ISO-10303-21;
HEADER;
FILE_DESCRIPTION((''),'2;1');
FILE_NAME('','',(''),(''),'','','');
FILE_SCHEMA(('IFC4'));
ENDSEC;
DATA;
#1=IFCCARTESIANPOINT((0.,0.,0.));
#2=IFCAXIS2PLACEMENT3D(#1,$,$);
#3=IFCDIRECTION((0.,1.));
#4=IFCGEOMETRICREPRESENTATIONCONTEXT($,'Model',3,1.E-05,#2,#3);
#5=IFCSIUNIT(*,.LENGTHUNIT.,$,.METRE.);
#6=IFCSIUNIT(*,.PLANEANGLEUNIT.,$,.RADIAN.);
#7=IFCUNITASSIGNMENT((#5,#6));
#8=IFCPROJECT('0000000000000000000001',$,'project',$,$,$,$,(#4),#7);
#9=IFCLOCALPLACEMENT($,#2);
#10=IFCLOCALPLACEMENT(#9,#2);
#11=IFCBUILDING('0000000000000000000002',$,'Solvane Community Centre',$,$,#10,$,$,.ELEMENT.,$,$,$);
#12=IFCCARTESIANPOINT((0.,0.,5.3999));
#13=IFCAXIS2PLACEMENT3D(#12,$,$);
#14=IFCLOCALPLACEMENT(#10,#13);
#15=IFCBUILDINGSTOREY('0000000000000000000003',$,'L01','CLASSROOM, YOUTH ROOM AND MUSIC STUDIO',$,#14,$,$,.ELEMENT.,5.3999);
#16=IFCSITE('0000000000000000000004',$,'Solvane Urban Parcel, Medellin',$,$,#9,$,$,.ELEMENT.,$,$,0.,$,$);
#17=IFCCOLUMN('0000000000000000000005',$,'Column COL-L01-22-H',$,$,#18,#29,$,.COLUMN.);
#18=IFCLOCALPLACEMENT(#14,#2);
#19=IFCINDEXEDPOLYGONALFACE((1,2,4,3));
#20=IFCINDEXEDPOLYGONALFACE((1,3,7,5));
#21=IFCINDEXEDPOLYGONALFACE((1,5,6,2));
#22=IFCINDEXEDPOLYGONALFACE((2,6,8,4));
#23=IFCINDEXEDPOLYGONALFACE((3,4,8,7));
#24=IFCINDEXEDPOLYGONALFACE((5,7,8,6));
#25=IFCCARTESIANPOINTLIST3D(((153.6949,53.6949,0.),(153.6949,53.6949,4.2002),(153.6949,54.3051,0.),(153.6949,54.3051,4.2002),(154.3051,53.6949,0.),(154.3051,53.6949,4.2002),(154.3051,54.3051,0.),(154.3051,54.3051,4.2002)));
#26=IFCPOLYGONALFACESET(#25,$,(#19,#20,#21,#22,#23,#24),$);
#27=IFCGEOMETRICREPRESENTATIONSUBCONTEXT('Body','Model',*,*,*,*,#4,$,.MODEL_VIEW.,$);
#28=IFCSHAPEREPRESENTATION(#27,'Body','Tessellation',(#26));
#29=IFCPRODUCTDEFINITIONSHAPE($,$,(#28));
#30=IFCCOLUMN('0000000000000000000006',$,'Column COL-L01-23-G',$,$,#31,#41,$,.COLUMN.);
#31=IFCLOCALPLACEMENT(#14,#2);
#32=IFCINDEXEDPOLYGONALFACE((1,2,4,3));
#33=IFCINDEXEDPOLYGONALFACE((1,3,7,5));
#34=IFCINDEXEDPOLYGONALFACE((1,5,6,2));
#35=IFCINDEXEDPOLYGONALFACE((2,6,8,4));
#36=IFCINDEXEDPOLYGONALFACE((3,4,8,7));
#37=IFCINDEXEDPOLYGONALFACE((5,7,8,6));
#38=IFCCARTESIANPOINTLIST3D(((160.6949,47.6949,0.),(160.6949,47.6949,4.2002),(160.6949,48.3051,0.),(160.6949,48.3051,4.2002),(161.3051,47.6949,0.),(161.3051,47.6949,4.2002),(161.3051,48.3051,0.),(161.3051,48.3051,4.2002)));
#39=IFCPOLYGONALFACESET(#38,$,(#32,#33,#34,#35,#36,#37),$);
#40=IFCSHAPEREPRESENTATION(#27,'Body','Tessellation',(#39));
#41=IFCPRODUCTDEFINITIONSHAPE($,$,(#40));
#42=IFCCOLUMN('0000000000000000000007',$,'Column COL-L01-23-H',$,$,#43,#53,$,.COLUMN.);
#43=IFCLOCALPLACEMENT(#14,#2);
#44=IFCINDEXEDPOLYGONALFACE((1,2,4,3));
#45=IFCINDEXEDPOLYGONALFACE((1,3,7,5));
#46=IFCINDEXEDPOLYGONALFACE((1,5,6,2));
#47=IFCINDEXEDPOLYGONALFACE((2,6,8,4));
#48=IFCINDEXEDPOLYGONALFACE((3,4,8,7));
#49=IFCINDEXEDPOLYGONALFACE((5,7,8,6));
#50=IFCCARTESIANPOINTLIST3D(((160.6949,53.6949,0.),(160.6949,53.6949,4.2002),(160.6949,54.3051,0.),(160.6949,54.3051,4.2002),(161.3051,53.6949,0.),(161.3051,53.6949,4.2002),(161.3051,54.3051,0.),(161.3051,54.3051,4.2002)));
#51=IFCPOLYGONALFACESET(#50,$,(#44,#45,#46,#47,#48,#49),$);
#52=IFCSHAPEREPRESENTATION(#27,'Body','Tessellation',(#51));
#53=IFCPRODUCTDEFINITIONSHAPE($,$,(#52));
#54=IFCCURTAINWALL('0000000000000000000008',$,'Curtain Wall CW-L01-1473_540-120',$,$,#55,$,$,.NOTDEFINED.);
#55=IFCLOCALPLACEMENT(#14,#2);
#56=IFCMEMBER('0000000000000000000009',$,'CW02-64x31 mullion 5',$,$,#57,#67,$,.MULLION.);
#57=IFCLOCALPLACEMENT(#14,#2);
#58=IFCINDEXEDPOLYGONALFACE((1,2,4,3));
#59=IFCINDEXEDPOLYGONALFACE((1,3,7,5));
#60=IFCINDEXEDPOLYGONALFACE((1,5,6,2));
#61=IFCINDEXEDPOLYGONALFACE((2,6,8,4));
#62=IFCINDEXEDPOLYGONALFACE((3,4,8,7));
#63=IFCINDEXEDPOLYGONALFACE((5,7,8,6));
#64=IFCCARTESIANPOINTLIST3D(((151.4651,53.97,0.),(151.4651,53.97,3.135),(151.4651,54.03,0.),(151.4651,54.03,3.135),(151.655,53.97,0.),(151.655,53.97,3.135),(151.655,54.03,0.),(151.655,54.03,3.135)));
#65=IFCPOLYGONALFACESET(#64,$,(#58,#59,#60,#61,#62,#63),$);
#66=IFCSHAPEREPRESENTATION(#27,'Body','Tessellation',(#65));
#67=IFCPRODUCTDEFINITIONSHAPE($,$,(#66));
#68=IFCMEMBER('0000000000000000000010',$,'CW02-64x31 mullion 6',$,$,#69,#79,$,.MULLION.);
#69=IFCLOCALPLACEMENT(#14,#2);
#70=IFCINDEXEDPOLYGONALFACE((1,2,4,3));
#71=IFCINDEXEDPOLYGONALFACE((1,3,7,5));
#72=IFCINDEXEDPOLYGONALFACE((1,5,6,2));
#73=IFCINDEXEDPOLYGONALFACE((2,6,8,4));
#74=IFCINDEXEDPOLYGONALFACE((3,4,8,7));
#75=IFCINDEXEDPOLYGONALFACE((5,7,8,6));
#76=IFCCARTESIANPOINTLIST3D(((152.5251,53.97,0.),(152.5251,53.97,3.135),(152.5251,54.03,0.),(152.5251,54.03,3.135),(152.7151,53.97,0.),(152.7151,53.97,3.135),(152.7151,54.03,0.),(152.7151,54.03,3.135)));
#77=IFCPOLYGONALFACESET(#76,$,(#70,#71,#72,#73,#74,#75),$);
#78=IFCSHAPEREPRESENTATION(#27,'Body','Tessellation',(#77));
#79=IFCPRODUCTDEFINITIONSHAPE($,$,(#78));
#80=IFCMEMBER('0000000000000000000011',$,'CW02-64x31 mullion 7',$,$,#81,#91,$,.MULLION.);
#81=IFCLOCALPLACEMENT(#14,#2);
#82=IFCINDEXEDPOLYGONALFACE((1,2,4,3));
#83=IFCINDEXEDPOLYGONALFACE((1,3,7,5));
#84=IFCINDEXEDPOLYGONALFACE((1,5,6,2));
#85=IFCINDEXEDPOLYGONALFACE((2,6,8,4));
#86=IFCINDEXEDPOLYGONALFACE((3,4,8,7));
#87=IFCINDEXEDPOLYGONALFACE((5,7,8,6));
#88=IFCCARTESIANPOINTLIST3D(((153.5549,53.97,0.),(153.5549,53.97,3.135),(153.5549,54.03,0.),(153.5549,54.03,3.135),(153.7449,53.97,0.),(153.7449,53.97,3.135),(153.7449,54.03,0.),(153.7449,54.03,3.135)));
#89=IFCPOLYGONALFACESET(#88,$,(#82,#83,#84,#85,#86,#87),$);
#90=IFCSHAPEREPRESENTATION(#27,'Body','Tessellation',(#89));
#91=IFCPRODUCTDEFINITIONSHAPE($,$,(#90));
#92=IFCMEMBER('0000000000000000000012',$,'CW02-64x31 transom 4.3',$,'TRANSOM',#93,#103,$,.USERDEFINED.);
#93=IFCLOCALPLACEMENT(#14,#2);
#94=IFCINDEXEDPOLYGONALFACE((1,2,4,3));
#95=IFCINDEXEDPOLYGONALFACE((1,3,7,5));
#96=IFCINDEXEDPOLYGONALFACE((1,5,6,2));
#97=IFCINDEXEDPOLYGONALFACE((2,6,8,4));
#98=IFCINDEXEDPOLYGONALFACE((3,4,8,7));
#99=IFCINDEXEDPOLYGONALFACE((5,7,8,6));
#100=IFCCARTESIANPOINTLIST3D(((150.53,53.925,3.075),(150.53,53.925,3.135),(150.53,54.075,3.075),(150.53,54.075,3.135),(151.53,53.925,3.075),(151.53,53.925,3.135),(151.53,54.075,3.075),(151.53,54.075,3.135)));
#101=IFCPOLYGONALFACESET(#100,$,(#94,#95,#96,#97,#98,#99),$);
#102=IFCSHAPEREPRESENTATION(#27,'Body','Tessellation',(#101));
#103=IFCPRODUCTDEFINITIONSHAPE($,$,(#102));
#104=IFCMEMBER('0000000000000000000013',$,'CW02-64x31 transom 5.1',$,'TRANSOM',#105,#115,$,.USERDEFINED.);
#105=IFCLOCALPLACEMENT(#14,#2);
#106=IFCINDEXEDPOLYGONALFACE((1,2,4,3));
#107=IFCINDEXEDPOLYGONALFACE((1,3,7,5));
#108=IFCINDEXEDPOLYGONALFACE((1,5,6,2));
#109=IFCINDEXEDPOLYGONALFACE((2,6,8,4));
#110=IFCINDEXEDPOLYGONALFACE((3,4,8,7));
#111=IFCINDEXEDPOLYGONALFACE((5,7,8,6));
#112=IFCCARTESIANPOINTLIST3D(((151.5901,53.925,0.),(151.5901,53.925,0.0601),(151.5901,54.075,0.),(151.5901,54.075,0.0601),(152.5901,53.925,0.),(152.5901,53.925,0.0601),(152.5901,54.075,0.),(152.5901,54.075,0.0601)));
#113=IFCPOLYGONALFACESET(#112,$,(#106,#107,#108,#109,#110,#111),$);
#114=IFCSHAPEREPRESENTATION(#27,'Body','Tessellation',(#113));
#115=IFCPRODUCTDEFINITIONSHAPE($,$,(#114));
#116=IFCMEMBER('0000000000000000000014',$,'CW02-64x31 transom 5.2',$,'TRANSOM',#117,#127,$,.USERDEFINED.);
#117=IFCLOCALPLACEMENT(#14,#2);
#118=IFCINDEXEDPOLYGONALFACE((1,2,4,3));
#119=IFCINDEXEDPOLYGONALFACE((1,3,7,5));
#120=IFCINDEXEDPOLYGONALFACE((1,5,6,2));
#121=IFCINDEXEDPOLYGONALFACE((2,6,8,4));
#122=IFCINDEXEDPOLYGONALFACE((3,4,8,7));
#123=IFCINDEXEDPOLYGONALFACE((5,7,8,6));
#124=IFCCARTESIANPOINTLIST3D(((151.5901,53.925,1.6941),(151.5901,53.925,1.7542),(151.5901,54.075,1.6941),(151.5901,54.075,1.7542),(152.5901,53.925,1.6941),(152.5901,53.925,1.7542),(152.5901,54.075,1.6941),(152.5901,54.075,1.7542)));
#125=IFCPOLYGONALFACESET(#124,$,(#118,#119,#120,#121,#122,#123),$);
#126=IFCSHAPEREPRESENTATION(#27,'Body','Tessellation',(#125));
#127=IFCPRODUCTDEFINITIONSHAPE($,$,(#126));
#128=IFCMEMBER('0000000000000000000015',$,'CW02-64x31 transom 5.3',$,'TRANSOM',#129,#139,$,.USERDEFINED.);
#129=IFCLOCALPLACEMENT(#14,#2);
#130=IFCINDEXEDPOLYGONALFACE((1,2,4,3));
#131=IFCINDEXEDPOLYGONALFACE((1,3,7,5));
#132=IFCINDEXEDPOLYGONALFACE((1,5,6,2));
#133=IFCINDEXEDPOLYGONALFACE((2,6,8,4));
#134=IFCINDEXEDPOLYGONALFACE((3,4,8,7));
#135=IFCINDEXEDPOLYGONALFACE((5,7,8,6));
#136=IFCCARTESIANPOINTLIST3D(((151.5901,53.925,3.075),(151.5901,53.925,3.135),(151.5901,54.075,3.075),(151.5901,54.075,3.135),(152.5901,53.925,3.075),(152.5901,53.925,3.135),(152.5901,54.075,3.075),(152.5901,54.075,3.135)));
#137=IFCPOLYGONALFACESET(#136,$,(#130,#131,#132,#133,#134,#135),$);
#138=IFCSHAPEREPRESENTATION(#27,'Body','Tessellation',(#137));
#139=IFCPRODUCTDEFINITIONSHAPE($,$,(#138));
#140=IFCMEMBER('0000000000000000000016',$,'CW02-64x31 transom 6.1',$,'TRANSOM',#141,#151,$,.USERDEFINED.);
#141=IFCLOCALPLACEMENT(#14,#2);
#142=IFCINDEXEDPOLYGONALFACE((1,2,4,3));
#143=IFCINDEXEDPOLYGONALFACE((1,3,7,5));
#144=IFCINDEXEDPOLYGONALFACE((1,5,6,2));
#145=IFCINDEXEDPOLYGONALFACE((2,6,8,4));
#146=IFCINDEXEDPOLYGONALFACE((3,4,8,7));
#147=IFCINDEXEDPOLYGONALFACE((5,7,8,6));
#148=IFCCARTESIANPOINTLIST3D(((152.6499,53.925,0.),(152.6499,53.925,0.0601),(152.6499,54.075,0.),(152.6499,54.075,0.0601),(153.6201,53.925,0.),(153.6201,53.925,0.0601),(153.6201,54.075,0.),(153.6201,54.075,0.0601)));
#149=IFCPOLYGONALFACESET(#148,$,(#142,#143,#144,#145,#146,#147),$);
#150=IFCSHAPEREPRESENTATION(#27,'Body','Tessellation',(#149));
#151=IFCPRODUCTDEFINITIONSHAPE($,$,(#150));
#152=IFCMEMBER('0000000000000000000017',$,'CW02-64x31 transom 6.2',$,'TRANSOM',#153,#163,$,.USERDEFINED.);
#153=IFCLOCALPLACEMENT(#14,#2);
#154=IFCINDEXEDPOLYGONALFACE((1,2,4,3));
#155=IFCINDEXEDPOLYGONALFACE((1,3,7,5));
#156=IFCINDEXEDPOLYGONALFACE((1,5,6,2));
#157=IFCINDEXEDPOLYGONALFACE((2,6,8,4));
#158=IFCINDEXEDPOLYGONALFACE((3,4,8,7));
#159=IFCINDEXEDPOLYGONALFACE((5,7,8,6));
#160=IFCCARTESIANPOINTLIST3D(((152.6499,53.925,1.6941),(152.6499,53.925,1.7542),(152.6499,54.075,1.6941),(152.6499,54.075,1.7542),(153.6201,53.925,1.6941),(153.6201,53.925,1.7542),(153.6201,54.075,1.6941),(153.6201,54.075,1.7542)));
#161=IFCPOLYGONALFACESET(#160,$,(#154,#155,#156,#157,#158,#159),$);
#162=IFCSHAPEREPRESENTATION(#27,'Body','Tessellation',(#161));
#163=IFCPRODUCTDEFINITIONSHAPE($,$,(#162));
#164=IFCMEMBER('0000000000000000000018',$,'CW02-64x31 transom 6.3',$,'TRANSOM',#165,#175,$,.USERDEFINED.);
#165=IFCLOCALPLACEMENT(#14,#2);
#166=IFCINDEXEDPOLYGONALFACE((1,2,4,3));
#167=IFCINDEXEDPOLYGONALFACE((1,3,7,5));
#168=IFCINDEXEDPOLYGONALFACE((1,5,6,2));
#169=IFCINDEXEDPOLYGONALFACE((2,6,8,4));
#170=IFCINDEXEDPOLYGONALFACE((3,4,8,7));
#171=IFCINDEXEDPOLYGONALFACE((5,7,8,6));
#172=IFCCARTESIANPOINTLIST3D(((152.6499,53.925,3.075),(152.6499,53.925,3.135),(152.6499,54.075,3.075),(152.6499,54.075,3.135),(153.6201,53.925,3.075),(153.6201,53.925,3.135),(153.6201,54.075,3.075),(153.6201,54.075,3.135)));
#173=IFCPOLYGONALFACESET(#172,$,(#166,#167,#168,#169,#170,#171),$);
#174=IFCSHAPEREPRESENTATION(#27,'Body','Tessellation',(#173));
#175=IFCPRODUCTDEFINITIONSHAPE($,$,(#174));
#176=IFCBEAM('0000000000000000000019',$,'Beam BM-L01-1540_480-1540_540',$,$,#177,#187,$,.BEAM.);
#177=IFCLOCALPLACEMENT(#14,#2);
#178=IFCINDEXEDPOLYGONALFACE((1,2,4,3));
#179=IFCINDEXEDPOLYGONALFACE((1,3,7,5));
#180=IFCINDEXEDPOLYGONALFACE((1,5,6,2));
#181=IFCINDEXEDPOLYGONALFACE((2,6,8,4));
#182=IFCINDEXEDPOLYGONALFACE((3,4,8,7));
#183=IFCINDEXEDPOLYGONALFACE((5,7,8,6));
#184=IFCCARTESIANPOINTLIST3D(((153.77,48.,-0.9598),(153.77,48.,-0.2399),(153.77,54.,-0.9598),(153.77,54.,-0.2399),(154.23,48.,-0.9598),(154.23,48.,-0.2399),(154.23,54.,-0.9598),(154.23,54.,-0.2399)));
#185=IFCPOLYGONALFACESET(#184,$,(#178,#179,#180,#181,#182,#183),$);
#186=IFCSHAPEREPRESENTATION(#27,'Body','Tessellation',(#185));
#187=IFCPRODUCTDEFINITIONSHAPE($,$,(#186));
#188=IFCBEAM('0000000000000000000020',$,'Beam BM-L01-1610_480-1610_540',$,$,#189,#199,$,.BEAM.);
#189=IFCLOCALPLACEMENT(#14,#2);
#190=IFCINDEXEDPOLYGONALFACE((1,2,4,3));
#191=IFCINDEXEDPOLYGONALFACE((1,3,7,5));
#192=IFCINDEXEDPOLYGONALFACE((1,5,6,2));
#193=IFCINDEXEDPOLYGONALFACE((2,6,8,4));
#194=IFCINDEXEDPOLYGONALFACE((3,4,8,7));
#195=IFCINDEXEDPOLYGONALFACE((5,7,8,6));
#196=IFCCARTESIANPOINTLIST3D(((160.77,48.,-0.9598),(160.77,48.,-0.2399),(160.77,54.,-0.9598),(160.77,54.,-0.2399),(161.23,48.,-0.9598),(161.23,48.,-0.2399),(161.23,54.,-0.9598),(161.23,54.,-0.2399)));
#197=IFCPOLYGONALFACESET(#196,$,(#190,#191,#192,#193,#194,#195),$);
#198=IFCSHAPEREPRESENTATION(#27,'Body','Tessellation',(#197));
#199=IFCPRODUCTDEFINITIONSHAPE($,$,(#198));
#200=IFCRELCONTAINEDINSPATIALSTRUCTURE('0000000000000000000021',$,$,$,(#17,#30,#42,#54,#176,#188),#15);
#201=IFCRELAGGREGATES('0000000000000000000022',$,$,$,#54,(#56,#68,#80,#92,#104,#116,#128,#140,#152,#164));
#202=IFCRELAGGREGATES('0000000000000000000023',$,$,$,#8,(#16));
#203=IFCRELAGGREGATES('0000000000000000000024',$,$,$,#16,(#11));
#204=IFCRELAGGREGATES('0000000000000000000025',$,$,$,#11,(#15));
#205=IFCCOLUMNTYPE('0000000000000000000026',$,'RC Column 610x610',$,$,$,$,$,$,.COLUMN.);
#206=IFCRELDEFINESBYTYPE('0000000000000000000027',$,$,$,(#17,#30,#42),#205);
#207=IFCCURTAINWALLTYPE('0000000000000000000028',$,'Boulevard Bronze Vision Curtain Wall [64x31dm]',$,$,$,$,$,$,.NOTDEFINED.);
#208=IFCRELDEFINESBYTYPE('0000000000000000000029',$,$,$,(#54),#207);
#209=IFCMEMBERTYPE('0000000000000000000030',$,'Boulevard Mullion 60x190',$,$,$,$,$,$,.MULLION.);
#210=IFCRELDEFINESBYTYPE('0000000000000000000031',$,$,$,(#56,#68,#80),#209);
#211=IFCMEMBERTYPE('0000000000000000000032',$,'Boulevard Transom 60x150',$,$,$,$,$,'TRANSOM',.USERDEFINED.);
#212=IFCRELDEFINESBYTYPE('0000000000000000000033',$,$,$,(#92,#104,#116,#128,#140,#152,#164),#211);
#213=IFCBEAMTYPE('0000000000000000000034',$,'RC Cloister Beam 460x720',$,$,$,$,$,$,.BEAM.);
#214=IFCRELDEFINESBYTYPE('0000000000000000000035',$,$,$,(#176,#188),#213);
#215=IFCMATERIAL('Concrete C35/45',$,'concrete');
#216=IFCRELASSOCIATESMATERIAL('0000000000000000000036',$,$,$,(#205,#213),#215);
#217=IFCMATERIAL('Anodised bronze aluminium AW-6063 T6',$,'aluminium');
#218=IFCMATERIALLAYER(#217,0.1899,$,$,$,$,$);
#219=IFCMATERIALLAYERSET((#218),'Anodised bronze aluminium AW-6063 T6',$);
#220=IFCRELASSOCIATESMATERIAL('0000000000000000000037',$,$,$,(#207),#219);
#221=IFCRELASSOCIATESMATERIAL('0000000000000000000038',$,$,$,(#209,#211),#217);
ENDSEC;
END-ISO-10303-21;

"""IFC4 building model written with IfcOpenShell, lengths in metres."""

from ifc_helpers import new_model, si_unit, direction, frame, origin, origin_2d, place, context, subcontext, project, spatial, rectangle, extrude, material, layer, layer_set, material_profile, profile_set, type_object, element, aggregate, save


model = new_model("IFC4")

# Units and contexts
model_context = context("Model", 3, precision=1e-05, world=origin(), true_north=direction((0.0, 1.0)))
body_context = subcontext(model_context, "Body", "Model", "MODEL_VIEW")
ifc_project = project(units=[si_unit("LENGTHUNIT", "METRE"), si_unit("PLANEANGLEUNIT", "RADIAN")], contexts=[model_context])

# Site, building, storey
site_placement = place(None, origin())
site = spatial("IfcSite", under=ifc_project, at=site_placement, Name="Solvane Urban Parcel, Medellin", CompositionType="ELEMENT", RefElevation=0.0)
building_placement = place(site_placement, origin())
building = spatial("IfcBuilding", under=site, at=building_placement, Name="Solvane Community Centre", CompositionType="ELEMENT")
storey_placement = place(building_placement, frame((0.0, 0.0, 5.3999)))
storey = spatial("IfcBuildingStorey", under=building, at=storey_placement, Name="L01", Description="CLASSROOM, YOUTH ROOM AND MUSIC STUDIO", CompositionType="ELEMENT", Elevation=5.3999)

# Columns
ifc_material_1 = material(Name="Concrete C35/45", Category="concrete")
ifc_material_profile_1 = material_profile(ifc_material_1, rectangle(XDim=0.6101, YDim=0.6101, at=origin_2d()), Name="RC 610x610")
ifc_profile_set_1 = profile_set([ifc_material_profile_1], Name="Concrete C35/45")
column_type = type_object("IfcColumnType", Name="RC Column 610x610", PredefinedType="COLUMN", material=ifc_profile_set_1)
for number, where, z_axis, x_axis, name in (
    (1, (154.0, 54.0, 0.0), (0.0, 0.0, 1.0), (1.0, 0.0, 0.0), "Column COL-L01-22-H"),
    (2, (161.0, 48.0, 0.0), (0.0, 0.0, 1.0), (1.0, 0.0, 0.0), "Column COL-L01-23-G"),
    (3, (161.0, 54.0, 0.0), (0.0, 0.0, 1.0), (1.0, 0.0, 0.0), "Column COL-L01-23-H"),
):
    element("IfcColumn", number, at=place(storey_placement, frame(where, z_axis=z_axis, x_axis=x_axis)), inside=storey, type_object=column_type, Name=name, PredefinedType="COLUMN", context=body_context, shape_type="SweptSolid", body=[
        extrude(rectangle(XDim=0.6101, YDim=0.6101, at=origin_2d()), origin(), (0.0, 0.0, 1.0), 4.2002),
    ])

# Curtain wall, members
ifc_material_2 = material(Name="Anodised bronze aluminium AW-6063 T6", Category="aluminium")
ifc_layer_1 = layer(ifc_material_2, 0.1899)
ifc_layer_set_1 = layer_set([ifc_layer_1], Name="Anodised bronze aluminium AW-6063 T6")
curtain_wall_type = type_object("IfcCurtainWallType", Name="Boulevard Bronze Vision Curtain Wall [64x31dm]", PredefinedType="NOTDEFINED", material=ifc_layer_set_1)
curtain_wall_placement = place(storey_placement, origin())
curtain_wall = element("IfcCurtainWall", 4, at=curtain_wall_placement, inside=storey, type_object=curtain_wall_type, Name="Curtain Wall CW-L01-1473_540-120", PredefinedType="NOTDEFINED")
ifc_material_profile_2 = material_profile(ifc_material_2, rectangle(XDim=0.0601, YDim=0.1899, at=origin_2d()), Name="CW-M 60x190")
ifc_profile_set_2 = profile_set([ifc_material_profile_2], Name="Anodised bronze aluminium AW-6063 T6")
member_type_1 = type_object("IfcMemberType", Name="Boulevard Mullion 60x190", PredefinedType="MULLION", material=ifc_profile_set_2)
member_1_placement = place(storey_placement, frame((151.5601, 54.0, 0.0), z_axis=(0.0, 0.0, 1.0), x_axis=(0.0, 1.0, 0.0)))
member_1 = element("IfcMember", 5, at=member_1_placement, type_object=member_type_1, Name="CW02-64x31 mullion 5", PredefinedType="MULLION", context=body_context, shape_type="SweptSolid", body=[
    extrude(rectangle(XDim=0.0601, YDim=0.1899, at=origin_2d()), origin(), (0.0, 0.0, 1.0), 3.135),
])
member_2_placement = place(storey_placement, frame((152.6201, 54.0, 0.0), z_axis=(0.0, 0.0, 1.0), x_axis=(0.0, 1.0, 0.0)))
member_2 = element("IfcMember", 6, at=member_2_placement, type_object=member_type_1, Name="CW02-64x31 mullion 6", PredefinedType="MULLION", context=body_context, shape_type="SweptSolid", body=[
    extrude(rectangle(XDim=0.0601, YDim=0.1899, at=origin_2d()), origin(), (0.0, 0.0, 1.0), 3.135),
])
member_3_placement = place(storey_placement, frame((153.6499, 54.0, 0.0), z_axis=(0.0, 0.0, 1.0), x_axis=(0.0, 1.0, 0.0)))
member_3 = element("IfcMember", 7, at=member_3_placement, type_object=member_type_1, Name="CW02-64x31 mullion 7", PredefinedType="MULLION", context=body_context, shape_type="SweptSolid", body=[
    extrude(rectangle(XDim=0.0601, YDim=0.1899, at=origin_2d()), origin(), (0.0, 0.0, 1.0), 3.135),
])
ifc_material_profile_3 = material_profile(ifc_material_2, rectangle(XDim=0.1499, YDim=0.0601, at=origin_2d()), Name="CW-T 60x150")
ifc_profile_set_3 = profile_set([ifc_material_profile_3], Name="Anodised bronze aluminium AW-6063 T6")
member_type_2 = type_object("IfcMemberType", Name="Boulevard Transom 60x150", ElementType="TRANSOM", PredefinedType="USERDEFINED", material=ifc_profile_set_3)
member_4_placement = place(storey_placement, frame((150.53, 54.0, 3.105), z_axis=(1.0, 0.0, 0.0), x_axis=(0.0, 1.0, 0.0)))
member_4 = element("IfcMember", 8, at=member_4_placement, type_object=member_type_2, Name="CW02-64x31 transom 4.3", ObjectType="TRANSOM", PredefinedType="USERDEFINED", context=body_context, shape_type="SweptSolid", body=[
    extrude(rectangle(XDim=0.1499, YDim=0.0601, at=origin_2d()), origin(), (0.0, 0.0, 1.0), 1.0),
])
member_5_placement = place(storey_placement, frame((151.5901, 54.0, 0.03), z_axis=(1.0, 0.0, 0.0), x_axis=(0.0, 1.0, 0.0)))
member_5 = element("IfcMember", 9, at=member_5_placement, type_object=member_type_2, Name="CW02-64x31 transom 5.1", ObjectType="TRANSOM", PredefinedType="USERDEFINED", context=body_context, shape_type="SweptSolid", body=[
    extrude(rectangle(XDim=0.1499, YDim=0.0601, at=origin_2d()), origin(), (0.0, 0.0, 1.0), 1.0),
])
member_6_placement = place(storey_placement, frame((151.5901, 54.0, 1.7241), z_axis=(1.0, 0.0, 0.0), x_axis=(0.0, 1.0, 0.0)))
member_6 = element("IfcMember", 10, at=member_6_placement, type_object=member_type_2, Name="CW02-64x31 transom 5.2", ObjectType="TRANSOM", PredefinedType="USERDEFINED", context=body_context, shape_type="SweptSolid", body=[
    extrude(rectangle(XDim=0.1499, YDim=0.0601, at=origin_2d()), origin(), (0.0, 0.0, 1.0), 1.0),
])
member_7_placement = place(storey_placement, frame((151.5901, 54.0, 3.105), z_axis=(1.0, 0.0, 0.0), x_axis=(0.0, 1.0, 0.0)))
member_7 = element("IfcMember", 11, at=member_7_placement, type_object=member_type_2, Name="CW02-64x31 transom 5.3", ObjectType="TRANSOM", PredefinedType="USERDEFINED", context=body_context, shape_type="SweptSolid", body=[
    extrude(rectangle(XDim=0.1499, YDim=0.0601, at=origin_2d()), origin(), (0.0, 0.0, 1.0), 1.0),
])
member_8_placement = place(storey_placement, frame((152.6499, 54.0, 0.03), z_axis=(1.0, 0.0, 0.0), x_axis=(0.0, 1.0, 0.0)))
member_8 = element("IfcMember", 12, at=member_8_placement, type_object=member_type_2, Name="CW02-64x31 transom 6.1", ObjectType="TRANSOM", PredefinedType="USERDEFINED", context=body_context, shape_type="SweptSolid", body=[
    extrude(rectangle(XDim=0.1499, YDim=0.0601, at=origin_2d()), origin(), (0.0, 0.0, 1.0), 0.9702),
])
member_9_placement = place(storey_placement, frame((152.6499, 54.0, 1.7241), z_axis=(1.0, 0.0, 0.0), x_axis=(0.0, 1.0, 0.0)))
member_9 = element("IfcMember", 13, at=member_9_placement, type_object=member_type_2, Name="CW02-64x31 transom 6.2", ObjectType="TRANSOM", PredefinedType="USERDEFINED", context=body_context, shape_type="SweptSolid", body=[
    extrude(rectangle(XDim=0.1499, YDim=0.0601, at=origin_2d()), origin(), (0.0, 0.0, 1.0), 0.9702),
])
member_10_placement = place(storey_placement, frame((152.6499, 54.0, 3.105), z_axis=(1.0, 0.0, 0.0), x_axis=(0.0, 1.0, 0.0)))
member_10 = element("IfcMember", 14, at=member_10_placement, type_object=member_type_2, Name="CW02-64x31 transom 6.3", ObjectType="TRANSOM", PredefinedType="USERDEFINED", context=body_context, shape_type="SweptSolid", body=[
    extrude(rectangle(XDim=0.1499, YDim=0.0601, at=origin_2d()), origin(), (0.0, 0.0, 1.0), 0.9702),
])

# Beams
ifc_material_profile_4 = material_profile(ifc_material_1, rectangle(XDim=0.46, YDim=0.72, at=origin_2d()), Name="RC 460x720")
ifc_profile_set_4 = profile_set([ifc_material_profile_4], Name="Concrete C35/45")
beam_type_1 = type_object("IfcBeamType", Name="RC Cloister Beam 460x720", PredefinedType="BEAM", material=ifc_profile_set_4)
for number, where, z_axis, x_axis, name in (
    (15, (154.0, 48.0, -0.5999), (0.0, 1.0, 0.0), (-1.0, 0.0, 0.0), "Beam BM-L01-1540_480-1540_540"),
    (16, (161.0, 48.0, -0.5999), (0.0, 1.0, 0.0), (-1.0, 0.0, 0.0), "Beam BM-L01-1610_480-1610_540"),
):
    element("IfcBeam", number, at=place(storey_placement, frame(where, z_axis=z_axis, x_axis=x_axis)), inside=storey, type_object=beam_type_1, Name=name, PredefinedType="BEAM", context=body_context, shape_type="SweptSolid", body=[
        extrude(rectangle(XDim=0.46, YDim=0.72, at=origin_2d()), origin(), (0.0, 0.0, 1.0), 6.0),
    ])

aggregate(curtain_wall, [member_1, member_2, member_3, member_4, member_5, member_6, member_7, member_8, member_9, member_10])

save(model, "model.ifc")
